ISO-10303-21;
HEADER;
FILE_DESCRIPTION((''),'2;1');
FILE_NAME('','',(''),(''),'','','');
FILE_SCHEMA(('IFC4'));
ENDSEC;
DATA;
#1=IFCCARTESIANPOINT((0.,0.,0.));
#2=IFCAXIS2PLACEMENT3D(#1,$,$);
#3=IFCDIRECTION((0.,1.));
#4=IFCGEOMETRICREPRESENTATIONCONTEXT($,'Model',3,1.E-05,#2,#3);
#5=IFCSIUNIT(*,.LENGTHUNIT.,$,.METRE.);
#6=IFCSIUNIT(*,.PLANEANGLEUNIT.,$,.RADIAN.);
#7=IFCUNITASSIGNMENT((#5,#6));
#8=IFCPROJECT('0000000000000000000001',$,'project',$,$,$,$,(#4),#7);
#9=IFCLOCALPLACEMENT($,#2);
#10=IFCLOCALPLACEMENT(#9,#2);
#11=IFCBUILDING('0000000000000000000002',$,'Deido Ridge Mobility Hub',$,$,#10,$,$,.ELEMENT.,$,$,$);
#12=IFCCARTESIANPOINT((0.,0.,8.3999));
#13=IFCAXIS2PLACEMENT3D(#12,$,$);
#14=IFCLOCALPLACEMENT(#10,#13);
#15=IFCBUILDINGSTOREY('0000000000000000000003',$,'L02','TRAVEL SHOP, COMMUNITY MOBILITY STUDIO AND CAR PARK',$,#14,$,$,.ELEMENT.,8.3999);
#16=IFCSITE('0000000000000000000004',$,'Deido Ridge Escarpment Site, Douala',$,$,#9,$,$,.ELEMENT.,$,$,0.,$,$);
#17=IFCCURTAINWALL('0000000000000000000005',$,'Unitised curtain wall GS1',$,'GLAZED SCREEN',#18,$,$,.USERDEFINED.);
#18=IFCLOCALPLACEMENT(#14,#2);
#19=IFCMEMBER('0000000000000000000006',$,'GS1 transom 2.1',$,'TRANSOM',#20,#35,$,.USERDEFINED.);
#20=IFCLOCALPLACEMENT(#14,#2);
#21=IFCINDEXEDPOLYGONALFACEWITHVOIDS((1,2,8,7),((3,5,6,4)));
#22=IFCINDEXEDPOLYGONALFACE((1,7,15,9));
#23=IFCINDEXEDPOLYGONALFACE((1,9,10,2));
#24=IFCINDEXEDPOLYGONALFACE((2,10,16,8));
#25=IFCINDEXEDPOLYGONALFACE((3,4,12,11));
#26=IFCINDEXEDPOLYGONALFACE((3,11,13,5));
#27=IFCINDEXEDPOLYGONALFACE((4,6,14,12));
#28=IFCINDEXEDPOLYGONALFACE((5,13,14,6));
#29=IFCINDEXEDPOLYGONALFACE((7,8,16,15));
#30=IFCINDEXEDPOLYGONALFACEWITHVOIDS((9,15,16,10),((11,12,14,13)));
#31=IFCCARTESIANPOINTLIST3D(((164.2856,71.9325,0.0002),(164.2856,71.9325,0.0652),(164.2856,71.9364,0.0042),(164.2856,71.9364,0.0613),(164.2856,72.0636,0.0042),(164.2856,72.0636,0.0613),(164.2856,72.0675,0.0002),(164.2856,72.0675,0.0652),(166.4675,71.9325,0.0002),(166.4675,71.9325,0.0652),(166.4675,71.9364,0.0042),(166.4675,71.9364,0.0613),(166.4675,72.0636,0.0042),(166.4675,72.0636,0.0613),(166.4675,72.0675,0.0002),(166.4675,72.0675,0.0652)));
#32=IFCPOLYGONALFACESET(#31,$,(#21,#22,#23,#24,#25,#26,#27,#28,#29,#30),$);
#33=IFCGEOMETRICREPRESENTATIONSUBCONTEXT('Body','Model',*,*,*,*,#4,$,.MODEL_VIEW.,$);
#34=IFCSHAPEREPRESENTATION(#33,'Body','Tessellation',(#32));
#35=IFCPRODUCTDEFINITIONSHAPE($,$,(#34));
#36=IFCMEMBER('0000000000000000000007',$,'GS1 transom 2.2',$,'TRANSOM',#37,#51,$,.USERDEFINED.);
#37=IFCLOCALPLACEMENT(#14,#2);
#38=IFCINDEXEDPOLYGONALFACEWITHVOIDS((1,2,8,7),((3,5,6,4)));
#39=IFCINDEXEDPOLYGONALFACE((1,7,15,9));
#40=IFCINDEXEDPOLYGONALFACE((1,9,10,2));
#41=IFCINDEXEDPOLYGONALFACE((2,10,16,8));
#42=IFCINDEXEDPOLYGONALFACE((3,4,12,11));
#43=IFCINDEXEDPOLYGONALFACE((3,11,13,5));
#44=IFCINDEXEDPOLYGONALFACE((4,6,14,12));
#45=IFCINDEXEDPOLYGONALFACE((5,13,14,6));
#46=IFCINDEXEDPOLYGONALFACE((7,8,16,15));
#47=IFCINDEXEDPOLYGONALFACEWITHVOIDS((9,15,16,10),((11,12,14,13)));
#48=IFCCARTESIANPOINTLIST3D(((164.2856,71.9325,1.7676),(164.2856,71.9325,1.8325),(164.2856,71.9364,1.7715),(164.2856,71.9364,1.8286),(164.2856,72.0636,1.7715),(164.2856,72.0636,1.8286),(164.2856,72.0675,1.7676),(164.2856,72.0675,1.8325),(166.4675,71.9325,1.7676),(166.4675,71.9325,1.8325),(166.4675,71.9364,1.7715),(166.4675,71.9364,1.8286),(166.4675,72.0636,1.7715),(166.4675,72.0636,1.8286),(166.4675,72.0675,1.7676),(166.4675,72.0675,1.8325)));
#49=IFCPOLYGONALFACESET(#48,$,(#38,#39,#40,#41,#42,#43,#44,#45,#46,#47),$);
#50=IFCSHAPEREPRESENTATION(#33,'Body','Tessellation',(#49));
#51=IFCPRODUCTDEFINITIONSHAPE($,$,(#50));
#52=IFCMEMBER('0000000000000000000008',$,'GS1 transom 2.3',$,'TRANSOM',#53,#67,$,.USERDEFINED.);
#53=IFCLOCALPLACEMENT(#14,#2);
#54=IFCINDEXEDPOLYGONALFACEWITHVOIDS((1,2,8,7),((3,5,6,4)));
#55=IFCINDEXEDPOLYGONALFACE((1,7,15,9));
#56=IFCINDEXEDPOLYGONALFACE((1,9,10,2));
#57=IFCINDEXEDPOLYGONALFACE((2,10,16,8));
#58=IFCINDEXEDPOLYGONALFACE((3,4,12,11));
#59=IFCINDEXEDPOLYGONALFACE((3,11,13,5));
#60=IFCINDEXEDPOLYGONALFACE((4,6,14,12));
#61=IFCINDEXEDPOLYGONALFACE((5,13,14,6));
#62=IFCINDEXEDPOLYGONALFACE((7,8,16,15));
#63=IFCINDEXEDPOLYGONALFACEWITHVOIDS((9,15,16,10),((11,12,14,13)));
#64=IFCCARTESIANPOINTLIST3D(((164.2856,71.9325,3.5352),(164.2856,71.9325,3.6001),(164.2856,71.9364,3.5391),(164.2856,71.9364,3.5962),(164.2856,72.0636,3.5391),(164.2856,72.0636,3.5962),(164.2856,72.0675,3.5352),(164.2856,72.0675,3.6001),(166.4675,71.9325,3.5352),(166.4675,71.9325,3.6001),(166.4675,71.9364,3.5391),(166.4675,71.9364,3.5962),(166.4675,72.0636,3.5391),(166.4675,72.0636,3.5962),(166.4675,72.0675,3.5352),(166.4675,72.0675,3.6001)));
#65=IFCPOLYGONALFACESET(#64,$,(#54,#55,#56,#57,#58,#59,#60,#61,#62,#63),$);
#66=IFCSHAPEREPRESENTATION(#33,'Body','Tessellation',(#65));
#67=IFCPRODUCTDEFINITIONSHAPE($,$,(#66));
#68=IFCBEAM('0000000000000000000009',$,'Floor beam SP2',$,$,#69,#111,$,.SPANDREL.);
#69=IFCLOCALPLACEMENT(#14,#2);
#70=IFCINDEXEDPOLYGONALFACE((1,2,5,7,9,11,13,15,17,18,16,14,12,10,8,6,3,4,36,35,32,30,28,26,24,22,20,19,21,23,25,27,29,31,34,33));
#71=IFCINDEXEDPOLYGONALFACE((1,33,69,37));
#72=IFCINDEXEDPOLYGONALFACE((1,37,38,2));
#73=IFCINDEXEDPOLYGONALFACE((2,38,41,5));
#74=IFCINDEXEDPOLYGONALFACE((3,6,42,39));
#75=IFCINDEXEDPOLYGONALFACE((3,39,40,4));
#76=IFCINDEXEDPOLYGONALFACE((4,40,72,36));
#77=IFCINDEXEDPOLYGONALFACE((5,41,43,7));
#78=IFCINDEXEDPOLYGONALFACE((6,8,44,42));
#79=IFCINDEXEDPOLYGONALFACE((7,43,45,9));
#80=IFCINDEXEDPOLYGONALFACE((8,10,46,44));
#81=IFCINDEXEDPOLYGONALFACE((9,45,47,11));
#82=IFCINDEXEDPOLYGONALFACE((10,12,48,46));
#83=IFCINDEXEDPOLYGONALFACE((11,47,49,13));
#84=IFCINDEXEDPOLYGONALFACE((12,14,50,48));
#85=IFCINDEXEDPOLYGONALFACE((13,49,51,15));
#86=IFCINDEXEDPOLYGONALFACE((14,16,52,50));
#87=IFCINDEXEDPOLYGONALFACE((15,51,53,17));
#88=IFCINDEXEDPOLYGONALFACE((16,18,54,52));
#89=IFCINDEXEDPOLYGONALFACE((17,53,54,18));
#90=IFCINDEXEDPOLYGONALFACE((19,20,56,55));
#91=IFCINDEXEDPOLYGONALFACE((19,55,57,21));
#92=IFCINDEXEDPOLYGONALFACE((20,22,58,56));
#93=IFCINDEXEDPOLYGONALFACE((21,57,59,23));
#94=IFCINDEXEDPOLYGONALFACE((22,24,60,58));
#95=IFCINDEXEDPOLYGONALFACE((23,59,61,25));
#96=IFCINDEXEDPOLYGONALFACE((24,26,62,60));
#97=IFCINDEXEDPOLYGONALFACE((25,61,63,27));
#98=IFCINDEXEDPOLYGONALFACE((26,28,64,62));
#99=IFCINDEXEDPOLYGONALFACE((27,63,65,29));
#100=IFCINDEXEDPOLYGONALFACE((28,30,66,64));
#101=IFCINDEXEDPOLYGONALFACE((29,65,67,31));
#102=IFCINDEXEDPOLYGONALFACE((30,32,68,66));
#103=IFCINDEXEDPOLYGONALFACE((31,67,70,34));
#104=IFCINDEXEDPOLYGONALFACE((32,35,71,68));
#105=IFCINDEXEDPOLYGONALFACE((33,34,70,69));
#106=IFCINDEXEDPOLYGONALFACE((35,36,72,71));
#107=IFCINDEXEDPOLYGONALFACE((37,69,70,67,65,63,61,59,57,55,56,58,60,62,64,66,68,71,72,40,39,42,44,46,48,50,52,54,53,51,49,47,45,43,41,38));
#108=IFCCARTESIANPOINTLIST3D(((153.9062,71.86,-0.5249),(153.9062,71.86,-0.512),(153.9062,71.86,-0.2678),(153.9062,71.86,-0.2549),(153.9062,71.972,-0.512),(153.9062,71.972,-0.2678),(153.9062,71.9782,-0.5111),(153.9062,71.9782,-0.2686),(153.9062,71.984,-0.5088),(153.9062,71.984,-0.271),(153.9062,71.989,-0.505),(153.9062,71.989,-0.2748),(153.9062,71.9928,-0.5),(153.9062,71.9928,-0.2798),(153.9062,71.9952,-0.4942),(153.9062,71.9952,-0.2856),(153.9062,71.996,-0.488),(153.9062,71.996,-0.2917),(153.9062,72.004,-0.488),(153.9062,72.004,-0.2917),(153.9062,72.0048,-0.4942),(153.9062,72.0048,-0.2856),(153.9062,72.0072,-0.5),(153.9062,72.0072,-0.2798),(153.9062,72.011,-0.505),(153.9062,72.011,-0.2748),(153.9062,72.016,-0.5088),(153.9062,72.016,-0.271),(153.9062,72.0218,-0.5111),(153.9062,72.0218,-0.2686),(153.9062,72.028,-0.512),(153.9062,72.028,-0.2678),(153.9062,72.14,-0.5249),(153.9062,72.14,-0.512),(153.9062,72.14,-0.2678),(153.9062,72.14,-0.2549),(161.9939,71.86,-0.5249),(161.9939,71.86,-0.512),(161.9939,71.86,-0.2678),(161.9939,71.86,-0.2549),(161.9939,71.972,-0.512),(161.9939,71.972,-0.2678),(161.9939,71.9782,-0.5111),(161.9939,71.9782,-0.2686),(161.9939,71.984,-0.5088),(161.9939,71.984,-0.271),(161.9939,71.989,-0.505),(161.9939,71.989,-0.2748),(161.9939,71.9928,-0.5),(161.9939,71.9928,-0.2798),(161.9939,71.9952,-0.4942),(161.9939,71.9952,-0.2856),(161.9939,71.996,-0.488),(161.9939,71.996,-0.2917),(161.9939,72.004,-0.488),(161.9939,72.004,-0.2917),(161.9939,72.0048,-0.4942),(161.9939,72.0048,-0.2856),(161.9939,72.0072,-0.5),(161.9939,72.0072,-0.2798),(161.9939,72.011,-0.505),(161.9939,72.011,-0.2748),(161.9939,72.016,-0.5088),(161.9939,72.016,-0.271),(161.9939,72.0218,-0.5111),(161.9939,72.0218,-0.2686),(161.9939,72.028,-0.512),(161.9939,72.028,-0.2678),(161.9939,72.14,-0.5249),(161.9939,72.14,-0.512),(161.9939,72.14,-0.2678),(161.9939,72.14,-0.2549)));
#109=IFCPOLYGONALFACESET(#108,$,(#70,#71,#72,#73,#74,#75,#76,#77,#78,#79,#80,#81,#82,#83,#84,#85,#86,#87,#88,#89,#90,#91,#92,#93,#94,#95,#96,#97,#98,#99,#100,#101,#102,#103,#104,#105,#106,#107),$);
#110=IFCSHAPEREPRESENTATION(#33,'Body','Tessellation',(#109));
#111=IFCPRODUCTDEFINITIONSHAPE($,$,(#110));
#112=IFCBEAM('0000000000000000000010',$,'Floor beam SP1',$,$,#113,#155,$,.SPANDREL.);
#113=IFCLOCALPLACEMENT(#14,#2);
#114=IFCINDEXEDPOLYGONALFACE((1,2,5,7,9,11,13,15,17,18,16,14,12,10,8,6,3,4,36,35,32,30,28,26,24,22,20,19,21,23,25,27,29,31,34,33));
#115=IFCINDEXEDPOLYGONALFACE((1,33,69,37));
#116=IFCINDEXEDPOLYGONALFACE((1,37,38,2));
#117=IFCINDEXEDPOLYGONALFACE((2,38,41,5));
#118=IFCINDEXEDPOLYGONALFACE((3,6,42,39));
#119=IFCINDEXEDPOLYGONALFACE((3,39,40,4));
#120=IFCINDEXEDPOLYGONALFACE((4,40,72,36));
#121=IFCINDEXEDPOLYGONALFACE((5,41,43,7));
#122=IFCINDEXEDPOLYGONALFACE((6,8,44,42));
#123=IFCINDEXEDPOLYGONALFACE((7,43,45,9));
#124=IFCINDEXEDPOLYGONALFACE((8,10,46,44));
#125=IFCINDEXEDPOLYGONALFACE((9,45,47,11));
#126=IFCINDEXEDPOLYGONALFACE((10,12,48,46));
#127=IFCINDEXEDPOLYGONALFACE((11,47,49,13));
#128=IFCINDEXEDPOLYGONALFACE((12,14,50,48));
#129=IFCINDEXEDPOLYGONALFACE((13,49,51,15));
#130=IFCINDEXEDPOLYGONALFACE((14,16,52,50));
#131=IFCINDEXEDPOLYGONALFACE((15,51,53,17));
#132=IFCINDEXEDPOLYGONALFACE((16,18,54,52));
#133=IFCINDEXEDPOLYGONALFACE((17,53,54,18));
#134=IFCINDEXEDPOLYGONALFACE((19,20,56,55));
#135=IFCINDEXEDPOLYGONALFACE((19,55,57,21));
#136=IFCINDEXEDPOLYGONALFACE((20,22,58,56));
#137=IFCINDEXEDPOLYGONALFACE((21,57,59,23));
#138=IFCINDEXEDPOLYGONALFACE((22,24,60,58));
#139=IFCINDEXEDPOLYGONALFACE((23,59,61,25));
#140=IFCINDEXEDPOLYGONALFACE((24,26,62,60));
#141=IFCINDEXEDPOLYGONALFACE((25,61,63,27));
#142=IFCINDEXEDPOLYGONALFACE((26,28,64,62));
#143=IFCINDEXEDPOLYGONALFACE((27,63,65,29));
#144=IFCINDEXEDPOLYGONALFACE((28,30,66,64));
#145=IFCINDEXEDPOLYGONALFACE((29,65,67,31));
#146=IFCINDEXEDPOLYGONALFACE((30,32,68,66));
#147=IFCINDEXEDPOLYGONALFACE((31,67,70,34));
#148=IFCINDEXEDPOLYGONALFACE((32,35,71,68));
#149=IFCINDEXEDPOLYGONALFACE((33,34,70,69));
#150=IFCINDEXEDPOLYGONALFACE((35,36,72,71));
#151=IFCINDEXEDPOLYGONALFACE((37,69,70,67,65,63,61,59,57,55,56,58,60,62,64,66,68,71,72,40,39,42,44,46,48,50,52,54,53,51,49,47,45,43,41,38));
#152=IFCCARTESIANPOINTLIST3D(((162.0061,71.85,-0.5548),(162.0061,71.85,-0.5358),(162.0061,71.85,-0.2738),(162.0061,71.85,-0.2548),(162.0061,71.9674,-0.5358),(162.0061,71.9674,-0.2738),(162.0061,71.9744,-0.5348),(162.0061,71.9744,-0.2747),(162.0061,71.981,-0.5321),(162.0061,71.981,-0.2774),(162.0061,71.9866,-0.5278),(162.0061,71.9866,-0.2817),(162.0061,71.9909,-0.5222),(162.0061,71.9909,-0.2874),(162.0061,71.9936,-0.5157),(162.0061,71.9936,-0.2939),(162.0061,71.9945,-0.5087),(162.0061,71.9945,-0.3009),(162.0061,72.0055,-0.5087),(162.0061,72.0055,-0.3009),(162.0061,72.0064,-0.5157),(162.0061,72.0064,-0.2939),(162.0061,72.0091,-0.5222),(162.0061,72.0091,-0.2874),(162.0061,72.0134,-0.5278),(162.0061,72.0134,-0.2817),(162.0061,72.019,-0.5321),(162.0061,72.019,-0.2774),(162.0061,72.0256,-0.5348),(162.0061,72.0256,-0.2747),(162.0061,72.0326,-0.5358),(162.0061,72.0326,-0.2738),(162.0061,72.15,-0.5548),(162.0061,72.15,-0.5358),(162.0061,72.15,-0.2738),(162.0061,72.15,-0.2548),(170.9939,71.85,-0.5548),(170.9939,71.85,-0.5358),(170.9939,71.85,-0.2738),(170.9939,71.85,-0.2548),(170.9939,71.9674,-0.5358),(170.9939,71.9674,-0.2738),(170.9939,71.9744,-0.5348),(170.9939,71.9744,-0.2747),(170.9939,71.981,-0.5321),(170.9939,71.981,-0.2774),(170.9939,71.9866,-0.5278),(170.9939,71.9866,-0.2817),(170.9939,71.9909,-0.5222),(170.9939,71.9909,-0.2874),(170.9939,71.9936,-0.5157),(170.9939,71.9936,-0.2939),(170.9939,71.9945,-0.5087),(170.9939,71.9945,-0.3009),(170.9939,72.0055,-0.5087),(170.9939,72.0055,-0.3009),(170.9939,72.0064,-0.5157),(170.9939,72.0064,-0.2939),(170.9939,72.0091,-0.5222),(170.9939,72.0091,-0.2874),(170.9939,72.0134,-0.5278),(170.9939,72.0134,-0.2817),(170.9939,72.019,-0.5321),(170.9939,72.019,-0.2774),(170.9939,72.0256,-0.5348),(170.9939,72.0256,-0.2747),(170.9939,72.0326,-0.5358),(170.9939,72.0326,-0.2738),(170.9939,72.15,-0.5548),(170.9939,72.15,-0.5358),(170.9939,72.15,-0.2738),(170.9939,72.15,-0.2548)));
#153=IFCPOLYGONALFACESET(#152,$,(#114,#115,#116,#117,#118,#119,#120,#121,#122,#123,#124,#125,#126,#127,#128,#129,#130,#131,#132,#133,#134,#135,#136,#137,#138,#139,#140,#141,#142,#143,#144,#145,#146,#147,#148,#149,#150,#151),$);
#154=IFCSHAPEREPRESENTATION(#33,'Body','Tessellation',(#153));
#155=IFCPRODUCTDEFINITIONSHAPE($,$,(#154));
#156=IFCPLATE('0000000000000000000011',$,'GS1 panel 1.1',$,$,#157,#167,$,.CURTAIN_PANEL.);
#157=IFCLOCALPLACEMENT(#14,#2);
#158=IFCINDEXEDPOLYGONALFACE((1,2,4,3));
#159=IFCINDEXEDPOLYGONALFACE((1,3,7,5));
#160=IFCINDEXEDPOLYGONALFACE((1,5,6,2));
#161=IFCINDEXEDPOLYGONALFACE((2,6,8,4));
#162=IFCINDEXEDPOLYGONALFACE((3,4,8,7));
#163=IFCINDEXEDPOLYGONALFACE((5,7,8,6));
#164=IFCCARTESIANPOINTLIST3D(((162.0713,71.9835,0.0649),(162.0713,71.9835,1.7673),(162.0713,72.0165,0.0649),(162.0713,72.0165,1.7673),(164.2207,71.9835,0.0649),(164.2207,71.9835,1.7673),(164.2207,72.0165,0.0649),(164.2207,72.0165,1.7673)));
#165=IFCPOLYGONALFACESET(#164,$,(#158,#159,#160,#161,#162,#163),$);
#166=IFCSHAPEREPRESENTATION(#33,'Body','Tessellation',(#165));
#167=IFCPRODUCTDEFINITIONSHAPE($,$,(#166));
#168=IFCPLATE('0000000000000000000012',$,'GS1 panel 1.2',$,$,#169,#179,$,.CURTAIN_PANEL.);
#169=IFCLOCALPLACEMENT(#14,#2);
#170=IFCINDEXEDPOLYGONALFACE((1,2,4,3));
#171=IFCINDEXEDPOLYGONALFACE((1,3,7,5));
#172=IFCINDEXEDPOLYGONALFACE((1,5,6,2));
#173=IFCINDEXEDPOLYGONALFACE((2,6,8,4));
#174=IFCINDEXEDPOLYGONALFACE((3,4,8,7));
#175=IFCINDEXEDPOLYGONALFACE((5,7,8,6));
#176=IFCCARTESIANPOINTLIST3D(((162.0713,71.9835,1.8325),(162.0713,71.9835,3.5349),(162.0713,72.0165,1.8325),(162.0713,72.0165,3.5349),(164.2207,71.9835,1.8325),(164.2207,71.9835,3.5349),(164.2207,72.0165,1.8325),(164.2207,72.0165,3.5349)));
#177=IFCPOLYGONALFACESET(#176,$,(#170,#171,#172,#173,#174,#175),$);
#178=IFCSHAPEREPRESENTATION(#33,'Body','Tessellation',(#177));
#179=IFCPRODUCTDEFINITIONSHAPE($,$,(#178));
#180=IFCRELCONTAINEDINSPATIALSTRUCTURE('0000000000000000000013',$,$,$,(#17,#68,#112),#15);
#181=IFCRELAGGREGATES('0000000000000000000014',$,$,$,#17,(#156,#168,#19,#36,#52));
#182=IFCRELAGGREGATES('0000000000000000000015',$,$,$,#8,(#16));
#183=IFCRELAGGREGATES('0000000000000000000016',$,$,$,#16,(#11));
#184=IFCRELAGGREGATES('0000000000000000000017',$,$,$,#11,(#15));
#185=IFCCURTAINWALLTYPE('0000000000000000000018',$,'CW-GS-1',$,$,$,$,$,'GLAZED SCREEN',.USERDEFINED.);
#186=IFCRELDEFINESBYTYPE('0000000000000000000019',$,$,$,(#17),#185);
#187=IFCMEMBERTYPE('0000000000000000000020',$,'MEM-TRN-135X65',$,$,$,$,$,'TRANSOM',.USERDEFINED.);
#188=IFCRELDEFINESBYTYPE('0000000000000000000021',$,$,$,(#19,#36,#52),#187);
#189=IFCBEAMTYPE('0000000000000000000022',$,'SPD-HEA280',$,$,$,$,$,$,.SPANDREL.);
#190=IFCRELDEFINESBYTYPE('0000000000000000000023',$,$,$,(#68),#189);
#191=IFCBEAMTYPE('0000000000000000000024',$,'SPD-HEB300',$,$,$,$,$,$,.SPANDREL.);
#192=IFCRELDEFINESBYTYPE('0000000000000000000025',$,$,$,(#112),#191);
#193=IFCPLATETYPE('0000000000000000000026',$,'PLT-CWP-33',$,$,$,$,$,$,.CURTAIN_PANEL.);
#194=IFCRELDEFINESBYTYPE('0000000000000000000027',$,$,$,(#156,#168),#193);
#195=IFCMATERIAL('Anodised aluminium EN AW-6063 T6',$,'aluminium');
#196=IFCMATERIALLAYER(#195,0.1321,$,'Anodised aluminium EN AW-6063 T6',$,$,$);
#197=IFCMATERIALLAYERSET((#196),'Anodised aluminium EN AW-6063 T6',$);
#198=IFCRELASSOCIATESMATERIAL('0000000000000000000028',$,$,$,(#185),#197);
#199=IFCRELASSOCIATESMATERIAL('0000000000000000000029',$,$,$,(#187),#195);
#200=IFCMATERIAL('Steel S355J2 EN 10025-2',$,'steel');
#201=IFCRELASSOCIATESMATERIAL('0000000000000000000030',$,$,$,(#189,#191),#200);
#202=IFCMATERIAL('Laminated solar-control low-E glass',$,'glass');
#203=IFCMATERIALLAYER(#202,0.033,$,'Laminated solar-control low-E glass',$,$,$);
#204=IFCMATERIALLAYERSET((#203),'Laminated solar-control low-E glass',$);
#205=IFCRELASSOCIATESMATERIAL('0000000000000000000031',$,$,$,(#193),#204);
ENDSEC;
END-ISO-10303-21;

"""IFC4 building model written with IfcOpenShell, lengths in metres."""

from ifc_helpers import new_model, si_unit, direction, frame, origin, origin_2d, place, context, subcontext, project, spatial, rectangle, hollow_rectangle, i_section, extrude, material, layer, layer_set, material_profile, profile_set, type_object, element, aggregate, save


model = new_model("IFC4")

# Units and contexts
model_context = context("Model", 3, precision=1e-05, world=origin(), true_north=direction((0.0, 1.0)))
body_context = subcontext(model_context, "Body", "Model", "MODEL_VIEW")
ifc_project = project(units=[si_unit("LENGTHUNIT", "METRE"), si_unit("PLANEANGLEUNIT", "RADIAN")], contexts=[model_context])

# Site, building, storey
site_placement = place(None, origin())
site = spatial("IfcSite", under=ifc_project, at=site_placement, Name="Deido Ridge Escarpment Site, Douala", CompositionType="ELEMENT", RefElevation=0.0)
building_placement = place(site_placement, origin())
building = spatial("IfcBuilding", under=site, at=building_placement, Name="Deido Ridge Mobility Hub", CompositionType="ELEMENT")
storey_placement = place(building_placement, frame((0.0, 0.0, 8.3999)))
storey = spatial("IfcBuildingStorey", under=building, at=storey_placement, Name="L02", Description="TRAVEL SHOP, COMMUNITY MOBILITY STUDIO AND CAR PARK", CompositionType="ELEMENT", Elevation=8.3999)

# Shared definitions
ifc_material_1 = material(Name="Steel S355J2 EN 10025-2", Category="steel")

# Curtain wall, members
ifc_material_2 = material(Name="Anodised aluminium EN AW-6063 T6", Category="aluminium")
ifc_layer_1 = layer(ifc_material_2, 0.1321, Name="Anodised aluminium EN AW-6063 T6")
ifc_layer_set_1 = layer_set([ifc_layer_1], Name="Anodised aluminium EN AW-6063 T6")
curtain_wall_type = type_object("IfcCurtainWallType", Name="CW-GS-1", ElementType="GLAZED SCREEN", PredefinedType="USERDEFINED", material=ifc_layer_set_1)
curtain_wall_placement = place(storey_placement, origin())
curtain_wall = element("IfcCurtainWall", 1, at=curtain_wall_placement, inside=storey, type_object=curtain_wall_type, Name="Unitised curtain wall GS1", ObjectType="GLAZED SCREEN", PredefinedType="USERDEFINED")
ifc_material_profile_1 = material_profile(ifc_material_2, hollow_rectangle(XDim=0.135, YDim=0.0649, WallThickness=0.0039, at=origin_2d()), Name="RHS 135x65x4")
ifc_profile_set_1 = profile_set([ifc_material_profile_1], Name="Anodised aluminium EN AW-6063 T6")
member_type_1 = type_object("IfcMemberType", Name="MEM-TRN-135X65", ElementType="TRANSOM", PredefinedType="USERDEFINED", material=ifc_profile_set_1)
member_1_placement = place(storey_placement, frame((164.2856, 72.0, 0.0327), z_axis=(1.0, 0.0, 0.0), x_axis=(0.0, 1.0, 0.0)))
member_1 = element("IfcMember", 2, at=member_1_placement, type_object=member_type_1, Name="GS1 transom 2.1", ObjectType="TRANSOM", PredefinedType="USERDEFINED", context=body_context, shape_type="SweptSolid", body=[
    extrude(hollow_rectangle(XDim=0.135, YDim=0.0649, WallThickness=0.0039, at=origin_2d()), origin(), (0.0, 0.0, 1.0), 2.1819),
])
member_2_placement = place(storey_placement, frame((164.2856, 72.0, 1.8), z_axis=(1.0, 0.0, 0.0), x_axis=(0.0, 1.0, 0.0)))
member_2 = element("IfcMember", 3, at=member_2_placement, type_object=member_type_1, Name="GS1 transom 2.2", ObjectType="TRANSOM", PredefinedType="USERDEFINED", context=body_context, shape_type="SweptSolid", body=[
    extrude(hollow_rectangle(XDim=0.135, YDim=0.0649, WallThickness=0.0039, at=origin_2d()), origin(), (0.0, 0.0, 1.0), 2.1819),
])
member_3_placement = place(storey_placement, frame((164.2856, 72.0, 3.5676), z_axis=(1.0, 0.0, 0.0), x_axis=(0.0, 1.0, 0.0)))
member_3 = element("IfcMember", 4, at=member_3_placement, type_object=member_type_1, Name="GS1 transom 2.3", ObjectType="TRANSOM", PredefinedType="USERDEFINED", context=body_context, shape_type="SweptSolid", body=[
    extrude(hollow_rectangle(XDim=0.135, YDim=0.0649, WallThickness=0.0039, at=origin_2d()), origin(), (0.0, 0.0, 1.0), 2.1819),
])

# Beams
ifc_material_profile_2 = material_profile(ifc_material_1, i_section(OverallWidth=0.28, OverallDepth=0.27, WebThickness=0.0081, FlangeThickness=0.0129, FilletRadius=0.0239, at=origin_2d()), Name="HEA 280")
ifc_profile_set_2 = profile_set([ifc_material_profile_2], Name="Steel S355J2 EN 10025-2")
beam_type_1 = type_object("IfcBeamType", Name="SPD-HEA280", PredefinedType="SPANDREL", material=ifc_profile_set_2)
beam_1_placement = place(storey_placement, frame((153.9062, 72.0, -0.3899), z_axis=(1.0, 0.0, 0.0), x_axis=(0.0, 1.0, 0.0)))
element("IfcBeam", 5, at=beam_1_placement, inside=storey, type_object=beam_type_1, Name="Floor beam SP2", PredefinedType="SPANDREL", context=body_context, shape_type="SweptSolid", body=[
    extrude(i_section(OverallWidth=0.28, OverallDepth=0.27, WebThickness=0.0081, FlangeThickness=0.0129, FilletRadius=0.0239, at=origin_2d()), origin(), (0.0, 0.0, 1.0), 8.0876),
])
ifc_material_profile_3 = material_profile(ifc_material_1, i_section(OverallWidth=0.3, OverallDepth=0.3, WebThickness=0.011, FlangeThickness=0.019, FilletRadius=0.0271, at=origin_2d()), Name="HEB 300")
ifc_profile_set_3 = profile_set([ifc_material_profile_3], Name="Steel S355J2 EN 10025-2")
beam_type_2 = type_object("IfcBeamType", Name="SPD-HEB300", PredefinedType="SPANDREL", material=ifc_profile_set_3)
beam_2_placement = place(storey_placement, frame((162.0061, 72.0, -0.4048), z_axis=(1.0, 0.0, 0.0), x_axis=(0.0, 1.0, 0.0)))
element("IfcBeam", 6, at=beam_2_placement, inside=storey, type_object=beam_type_2, Name="Floor beam SP1", PredefinedType="SPANDREL", context=body_context, shape_type="SweptSolid", body=[
    extrude(i_section(OverallWidth=0.3, OverallDepth=0.3, WebThickness=0.011, FlangeThickness=0.019, FilletRadius=0.0271, at=origin_2d()), origin(), (0.0, 0.0, 1.0), 8.9878),
])

# Plates
ifc_material_3 = material(Name="Laminated solar-control low-E glass", Category="glass")
ifc_layer_2 = layer(ifc_material_3, 0.033, Name="Laminated solar-control low-E glass")
ifc_layer_set_2 = layer_set([ifc_layer_2], Name="Laminated solar-control low-E glass")
plate_type = type_object("IfcPlateType", Name="PLT-CWP-33", PredefinedType="CURTAIN_PANEL", material=ifc_layer_set_2)
plate_1_placement = place(storey_placement, frame((163.146, 72.0, 0.0649), z_axis=(0.0, 0.0, 1.0), x_axis=(1.0, 0.0, 0.0)))
plate_1 = element("IfcPlate", 7, at=plate_1_placement, type_object=plate_type, Name="GS1 panel 1.1", PredefinedType="CURTAIN_PANEL", context=body_context, shape_type="SweptSolid", body=[
    extrude(rectangle(XDim=2.1494, YDim=0.033, at=origin_2d()), origin(), (0.0, 0.0, 1.0), 1.7024),
])
plate_2_placement = place(storey_placement, frame((163.146, 72.0, 1.8325), z_axis=(0.0, 0.0, 1.0), x_axis=(1.0, 0.0, 0.0)))
plate_2 = element("IfcPlate", 8, at=plate_2_placement, type_object=plate_type, Name="GS1 panel 1.2", PredefinedType="CURTAIN_PANEL", context=body_context, shape_type="SweptSolid", body=[
    extrude(rectangle(XDim=2.1494, YDim=0.033, at=origin_2d()), origin(), (0.0, 0.0, 1.0), 1.7024),
])
aggregate(curtain_wall, [plate_1, plate_2, member_1, member_2, member_3])

save(model, "model.ifc")
